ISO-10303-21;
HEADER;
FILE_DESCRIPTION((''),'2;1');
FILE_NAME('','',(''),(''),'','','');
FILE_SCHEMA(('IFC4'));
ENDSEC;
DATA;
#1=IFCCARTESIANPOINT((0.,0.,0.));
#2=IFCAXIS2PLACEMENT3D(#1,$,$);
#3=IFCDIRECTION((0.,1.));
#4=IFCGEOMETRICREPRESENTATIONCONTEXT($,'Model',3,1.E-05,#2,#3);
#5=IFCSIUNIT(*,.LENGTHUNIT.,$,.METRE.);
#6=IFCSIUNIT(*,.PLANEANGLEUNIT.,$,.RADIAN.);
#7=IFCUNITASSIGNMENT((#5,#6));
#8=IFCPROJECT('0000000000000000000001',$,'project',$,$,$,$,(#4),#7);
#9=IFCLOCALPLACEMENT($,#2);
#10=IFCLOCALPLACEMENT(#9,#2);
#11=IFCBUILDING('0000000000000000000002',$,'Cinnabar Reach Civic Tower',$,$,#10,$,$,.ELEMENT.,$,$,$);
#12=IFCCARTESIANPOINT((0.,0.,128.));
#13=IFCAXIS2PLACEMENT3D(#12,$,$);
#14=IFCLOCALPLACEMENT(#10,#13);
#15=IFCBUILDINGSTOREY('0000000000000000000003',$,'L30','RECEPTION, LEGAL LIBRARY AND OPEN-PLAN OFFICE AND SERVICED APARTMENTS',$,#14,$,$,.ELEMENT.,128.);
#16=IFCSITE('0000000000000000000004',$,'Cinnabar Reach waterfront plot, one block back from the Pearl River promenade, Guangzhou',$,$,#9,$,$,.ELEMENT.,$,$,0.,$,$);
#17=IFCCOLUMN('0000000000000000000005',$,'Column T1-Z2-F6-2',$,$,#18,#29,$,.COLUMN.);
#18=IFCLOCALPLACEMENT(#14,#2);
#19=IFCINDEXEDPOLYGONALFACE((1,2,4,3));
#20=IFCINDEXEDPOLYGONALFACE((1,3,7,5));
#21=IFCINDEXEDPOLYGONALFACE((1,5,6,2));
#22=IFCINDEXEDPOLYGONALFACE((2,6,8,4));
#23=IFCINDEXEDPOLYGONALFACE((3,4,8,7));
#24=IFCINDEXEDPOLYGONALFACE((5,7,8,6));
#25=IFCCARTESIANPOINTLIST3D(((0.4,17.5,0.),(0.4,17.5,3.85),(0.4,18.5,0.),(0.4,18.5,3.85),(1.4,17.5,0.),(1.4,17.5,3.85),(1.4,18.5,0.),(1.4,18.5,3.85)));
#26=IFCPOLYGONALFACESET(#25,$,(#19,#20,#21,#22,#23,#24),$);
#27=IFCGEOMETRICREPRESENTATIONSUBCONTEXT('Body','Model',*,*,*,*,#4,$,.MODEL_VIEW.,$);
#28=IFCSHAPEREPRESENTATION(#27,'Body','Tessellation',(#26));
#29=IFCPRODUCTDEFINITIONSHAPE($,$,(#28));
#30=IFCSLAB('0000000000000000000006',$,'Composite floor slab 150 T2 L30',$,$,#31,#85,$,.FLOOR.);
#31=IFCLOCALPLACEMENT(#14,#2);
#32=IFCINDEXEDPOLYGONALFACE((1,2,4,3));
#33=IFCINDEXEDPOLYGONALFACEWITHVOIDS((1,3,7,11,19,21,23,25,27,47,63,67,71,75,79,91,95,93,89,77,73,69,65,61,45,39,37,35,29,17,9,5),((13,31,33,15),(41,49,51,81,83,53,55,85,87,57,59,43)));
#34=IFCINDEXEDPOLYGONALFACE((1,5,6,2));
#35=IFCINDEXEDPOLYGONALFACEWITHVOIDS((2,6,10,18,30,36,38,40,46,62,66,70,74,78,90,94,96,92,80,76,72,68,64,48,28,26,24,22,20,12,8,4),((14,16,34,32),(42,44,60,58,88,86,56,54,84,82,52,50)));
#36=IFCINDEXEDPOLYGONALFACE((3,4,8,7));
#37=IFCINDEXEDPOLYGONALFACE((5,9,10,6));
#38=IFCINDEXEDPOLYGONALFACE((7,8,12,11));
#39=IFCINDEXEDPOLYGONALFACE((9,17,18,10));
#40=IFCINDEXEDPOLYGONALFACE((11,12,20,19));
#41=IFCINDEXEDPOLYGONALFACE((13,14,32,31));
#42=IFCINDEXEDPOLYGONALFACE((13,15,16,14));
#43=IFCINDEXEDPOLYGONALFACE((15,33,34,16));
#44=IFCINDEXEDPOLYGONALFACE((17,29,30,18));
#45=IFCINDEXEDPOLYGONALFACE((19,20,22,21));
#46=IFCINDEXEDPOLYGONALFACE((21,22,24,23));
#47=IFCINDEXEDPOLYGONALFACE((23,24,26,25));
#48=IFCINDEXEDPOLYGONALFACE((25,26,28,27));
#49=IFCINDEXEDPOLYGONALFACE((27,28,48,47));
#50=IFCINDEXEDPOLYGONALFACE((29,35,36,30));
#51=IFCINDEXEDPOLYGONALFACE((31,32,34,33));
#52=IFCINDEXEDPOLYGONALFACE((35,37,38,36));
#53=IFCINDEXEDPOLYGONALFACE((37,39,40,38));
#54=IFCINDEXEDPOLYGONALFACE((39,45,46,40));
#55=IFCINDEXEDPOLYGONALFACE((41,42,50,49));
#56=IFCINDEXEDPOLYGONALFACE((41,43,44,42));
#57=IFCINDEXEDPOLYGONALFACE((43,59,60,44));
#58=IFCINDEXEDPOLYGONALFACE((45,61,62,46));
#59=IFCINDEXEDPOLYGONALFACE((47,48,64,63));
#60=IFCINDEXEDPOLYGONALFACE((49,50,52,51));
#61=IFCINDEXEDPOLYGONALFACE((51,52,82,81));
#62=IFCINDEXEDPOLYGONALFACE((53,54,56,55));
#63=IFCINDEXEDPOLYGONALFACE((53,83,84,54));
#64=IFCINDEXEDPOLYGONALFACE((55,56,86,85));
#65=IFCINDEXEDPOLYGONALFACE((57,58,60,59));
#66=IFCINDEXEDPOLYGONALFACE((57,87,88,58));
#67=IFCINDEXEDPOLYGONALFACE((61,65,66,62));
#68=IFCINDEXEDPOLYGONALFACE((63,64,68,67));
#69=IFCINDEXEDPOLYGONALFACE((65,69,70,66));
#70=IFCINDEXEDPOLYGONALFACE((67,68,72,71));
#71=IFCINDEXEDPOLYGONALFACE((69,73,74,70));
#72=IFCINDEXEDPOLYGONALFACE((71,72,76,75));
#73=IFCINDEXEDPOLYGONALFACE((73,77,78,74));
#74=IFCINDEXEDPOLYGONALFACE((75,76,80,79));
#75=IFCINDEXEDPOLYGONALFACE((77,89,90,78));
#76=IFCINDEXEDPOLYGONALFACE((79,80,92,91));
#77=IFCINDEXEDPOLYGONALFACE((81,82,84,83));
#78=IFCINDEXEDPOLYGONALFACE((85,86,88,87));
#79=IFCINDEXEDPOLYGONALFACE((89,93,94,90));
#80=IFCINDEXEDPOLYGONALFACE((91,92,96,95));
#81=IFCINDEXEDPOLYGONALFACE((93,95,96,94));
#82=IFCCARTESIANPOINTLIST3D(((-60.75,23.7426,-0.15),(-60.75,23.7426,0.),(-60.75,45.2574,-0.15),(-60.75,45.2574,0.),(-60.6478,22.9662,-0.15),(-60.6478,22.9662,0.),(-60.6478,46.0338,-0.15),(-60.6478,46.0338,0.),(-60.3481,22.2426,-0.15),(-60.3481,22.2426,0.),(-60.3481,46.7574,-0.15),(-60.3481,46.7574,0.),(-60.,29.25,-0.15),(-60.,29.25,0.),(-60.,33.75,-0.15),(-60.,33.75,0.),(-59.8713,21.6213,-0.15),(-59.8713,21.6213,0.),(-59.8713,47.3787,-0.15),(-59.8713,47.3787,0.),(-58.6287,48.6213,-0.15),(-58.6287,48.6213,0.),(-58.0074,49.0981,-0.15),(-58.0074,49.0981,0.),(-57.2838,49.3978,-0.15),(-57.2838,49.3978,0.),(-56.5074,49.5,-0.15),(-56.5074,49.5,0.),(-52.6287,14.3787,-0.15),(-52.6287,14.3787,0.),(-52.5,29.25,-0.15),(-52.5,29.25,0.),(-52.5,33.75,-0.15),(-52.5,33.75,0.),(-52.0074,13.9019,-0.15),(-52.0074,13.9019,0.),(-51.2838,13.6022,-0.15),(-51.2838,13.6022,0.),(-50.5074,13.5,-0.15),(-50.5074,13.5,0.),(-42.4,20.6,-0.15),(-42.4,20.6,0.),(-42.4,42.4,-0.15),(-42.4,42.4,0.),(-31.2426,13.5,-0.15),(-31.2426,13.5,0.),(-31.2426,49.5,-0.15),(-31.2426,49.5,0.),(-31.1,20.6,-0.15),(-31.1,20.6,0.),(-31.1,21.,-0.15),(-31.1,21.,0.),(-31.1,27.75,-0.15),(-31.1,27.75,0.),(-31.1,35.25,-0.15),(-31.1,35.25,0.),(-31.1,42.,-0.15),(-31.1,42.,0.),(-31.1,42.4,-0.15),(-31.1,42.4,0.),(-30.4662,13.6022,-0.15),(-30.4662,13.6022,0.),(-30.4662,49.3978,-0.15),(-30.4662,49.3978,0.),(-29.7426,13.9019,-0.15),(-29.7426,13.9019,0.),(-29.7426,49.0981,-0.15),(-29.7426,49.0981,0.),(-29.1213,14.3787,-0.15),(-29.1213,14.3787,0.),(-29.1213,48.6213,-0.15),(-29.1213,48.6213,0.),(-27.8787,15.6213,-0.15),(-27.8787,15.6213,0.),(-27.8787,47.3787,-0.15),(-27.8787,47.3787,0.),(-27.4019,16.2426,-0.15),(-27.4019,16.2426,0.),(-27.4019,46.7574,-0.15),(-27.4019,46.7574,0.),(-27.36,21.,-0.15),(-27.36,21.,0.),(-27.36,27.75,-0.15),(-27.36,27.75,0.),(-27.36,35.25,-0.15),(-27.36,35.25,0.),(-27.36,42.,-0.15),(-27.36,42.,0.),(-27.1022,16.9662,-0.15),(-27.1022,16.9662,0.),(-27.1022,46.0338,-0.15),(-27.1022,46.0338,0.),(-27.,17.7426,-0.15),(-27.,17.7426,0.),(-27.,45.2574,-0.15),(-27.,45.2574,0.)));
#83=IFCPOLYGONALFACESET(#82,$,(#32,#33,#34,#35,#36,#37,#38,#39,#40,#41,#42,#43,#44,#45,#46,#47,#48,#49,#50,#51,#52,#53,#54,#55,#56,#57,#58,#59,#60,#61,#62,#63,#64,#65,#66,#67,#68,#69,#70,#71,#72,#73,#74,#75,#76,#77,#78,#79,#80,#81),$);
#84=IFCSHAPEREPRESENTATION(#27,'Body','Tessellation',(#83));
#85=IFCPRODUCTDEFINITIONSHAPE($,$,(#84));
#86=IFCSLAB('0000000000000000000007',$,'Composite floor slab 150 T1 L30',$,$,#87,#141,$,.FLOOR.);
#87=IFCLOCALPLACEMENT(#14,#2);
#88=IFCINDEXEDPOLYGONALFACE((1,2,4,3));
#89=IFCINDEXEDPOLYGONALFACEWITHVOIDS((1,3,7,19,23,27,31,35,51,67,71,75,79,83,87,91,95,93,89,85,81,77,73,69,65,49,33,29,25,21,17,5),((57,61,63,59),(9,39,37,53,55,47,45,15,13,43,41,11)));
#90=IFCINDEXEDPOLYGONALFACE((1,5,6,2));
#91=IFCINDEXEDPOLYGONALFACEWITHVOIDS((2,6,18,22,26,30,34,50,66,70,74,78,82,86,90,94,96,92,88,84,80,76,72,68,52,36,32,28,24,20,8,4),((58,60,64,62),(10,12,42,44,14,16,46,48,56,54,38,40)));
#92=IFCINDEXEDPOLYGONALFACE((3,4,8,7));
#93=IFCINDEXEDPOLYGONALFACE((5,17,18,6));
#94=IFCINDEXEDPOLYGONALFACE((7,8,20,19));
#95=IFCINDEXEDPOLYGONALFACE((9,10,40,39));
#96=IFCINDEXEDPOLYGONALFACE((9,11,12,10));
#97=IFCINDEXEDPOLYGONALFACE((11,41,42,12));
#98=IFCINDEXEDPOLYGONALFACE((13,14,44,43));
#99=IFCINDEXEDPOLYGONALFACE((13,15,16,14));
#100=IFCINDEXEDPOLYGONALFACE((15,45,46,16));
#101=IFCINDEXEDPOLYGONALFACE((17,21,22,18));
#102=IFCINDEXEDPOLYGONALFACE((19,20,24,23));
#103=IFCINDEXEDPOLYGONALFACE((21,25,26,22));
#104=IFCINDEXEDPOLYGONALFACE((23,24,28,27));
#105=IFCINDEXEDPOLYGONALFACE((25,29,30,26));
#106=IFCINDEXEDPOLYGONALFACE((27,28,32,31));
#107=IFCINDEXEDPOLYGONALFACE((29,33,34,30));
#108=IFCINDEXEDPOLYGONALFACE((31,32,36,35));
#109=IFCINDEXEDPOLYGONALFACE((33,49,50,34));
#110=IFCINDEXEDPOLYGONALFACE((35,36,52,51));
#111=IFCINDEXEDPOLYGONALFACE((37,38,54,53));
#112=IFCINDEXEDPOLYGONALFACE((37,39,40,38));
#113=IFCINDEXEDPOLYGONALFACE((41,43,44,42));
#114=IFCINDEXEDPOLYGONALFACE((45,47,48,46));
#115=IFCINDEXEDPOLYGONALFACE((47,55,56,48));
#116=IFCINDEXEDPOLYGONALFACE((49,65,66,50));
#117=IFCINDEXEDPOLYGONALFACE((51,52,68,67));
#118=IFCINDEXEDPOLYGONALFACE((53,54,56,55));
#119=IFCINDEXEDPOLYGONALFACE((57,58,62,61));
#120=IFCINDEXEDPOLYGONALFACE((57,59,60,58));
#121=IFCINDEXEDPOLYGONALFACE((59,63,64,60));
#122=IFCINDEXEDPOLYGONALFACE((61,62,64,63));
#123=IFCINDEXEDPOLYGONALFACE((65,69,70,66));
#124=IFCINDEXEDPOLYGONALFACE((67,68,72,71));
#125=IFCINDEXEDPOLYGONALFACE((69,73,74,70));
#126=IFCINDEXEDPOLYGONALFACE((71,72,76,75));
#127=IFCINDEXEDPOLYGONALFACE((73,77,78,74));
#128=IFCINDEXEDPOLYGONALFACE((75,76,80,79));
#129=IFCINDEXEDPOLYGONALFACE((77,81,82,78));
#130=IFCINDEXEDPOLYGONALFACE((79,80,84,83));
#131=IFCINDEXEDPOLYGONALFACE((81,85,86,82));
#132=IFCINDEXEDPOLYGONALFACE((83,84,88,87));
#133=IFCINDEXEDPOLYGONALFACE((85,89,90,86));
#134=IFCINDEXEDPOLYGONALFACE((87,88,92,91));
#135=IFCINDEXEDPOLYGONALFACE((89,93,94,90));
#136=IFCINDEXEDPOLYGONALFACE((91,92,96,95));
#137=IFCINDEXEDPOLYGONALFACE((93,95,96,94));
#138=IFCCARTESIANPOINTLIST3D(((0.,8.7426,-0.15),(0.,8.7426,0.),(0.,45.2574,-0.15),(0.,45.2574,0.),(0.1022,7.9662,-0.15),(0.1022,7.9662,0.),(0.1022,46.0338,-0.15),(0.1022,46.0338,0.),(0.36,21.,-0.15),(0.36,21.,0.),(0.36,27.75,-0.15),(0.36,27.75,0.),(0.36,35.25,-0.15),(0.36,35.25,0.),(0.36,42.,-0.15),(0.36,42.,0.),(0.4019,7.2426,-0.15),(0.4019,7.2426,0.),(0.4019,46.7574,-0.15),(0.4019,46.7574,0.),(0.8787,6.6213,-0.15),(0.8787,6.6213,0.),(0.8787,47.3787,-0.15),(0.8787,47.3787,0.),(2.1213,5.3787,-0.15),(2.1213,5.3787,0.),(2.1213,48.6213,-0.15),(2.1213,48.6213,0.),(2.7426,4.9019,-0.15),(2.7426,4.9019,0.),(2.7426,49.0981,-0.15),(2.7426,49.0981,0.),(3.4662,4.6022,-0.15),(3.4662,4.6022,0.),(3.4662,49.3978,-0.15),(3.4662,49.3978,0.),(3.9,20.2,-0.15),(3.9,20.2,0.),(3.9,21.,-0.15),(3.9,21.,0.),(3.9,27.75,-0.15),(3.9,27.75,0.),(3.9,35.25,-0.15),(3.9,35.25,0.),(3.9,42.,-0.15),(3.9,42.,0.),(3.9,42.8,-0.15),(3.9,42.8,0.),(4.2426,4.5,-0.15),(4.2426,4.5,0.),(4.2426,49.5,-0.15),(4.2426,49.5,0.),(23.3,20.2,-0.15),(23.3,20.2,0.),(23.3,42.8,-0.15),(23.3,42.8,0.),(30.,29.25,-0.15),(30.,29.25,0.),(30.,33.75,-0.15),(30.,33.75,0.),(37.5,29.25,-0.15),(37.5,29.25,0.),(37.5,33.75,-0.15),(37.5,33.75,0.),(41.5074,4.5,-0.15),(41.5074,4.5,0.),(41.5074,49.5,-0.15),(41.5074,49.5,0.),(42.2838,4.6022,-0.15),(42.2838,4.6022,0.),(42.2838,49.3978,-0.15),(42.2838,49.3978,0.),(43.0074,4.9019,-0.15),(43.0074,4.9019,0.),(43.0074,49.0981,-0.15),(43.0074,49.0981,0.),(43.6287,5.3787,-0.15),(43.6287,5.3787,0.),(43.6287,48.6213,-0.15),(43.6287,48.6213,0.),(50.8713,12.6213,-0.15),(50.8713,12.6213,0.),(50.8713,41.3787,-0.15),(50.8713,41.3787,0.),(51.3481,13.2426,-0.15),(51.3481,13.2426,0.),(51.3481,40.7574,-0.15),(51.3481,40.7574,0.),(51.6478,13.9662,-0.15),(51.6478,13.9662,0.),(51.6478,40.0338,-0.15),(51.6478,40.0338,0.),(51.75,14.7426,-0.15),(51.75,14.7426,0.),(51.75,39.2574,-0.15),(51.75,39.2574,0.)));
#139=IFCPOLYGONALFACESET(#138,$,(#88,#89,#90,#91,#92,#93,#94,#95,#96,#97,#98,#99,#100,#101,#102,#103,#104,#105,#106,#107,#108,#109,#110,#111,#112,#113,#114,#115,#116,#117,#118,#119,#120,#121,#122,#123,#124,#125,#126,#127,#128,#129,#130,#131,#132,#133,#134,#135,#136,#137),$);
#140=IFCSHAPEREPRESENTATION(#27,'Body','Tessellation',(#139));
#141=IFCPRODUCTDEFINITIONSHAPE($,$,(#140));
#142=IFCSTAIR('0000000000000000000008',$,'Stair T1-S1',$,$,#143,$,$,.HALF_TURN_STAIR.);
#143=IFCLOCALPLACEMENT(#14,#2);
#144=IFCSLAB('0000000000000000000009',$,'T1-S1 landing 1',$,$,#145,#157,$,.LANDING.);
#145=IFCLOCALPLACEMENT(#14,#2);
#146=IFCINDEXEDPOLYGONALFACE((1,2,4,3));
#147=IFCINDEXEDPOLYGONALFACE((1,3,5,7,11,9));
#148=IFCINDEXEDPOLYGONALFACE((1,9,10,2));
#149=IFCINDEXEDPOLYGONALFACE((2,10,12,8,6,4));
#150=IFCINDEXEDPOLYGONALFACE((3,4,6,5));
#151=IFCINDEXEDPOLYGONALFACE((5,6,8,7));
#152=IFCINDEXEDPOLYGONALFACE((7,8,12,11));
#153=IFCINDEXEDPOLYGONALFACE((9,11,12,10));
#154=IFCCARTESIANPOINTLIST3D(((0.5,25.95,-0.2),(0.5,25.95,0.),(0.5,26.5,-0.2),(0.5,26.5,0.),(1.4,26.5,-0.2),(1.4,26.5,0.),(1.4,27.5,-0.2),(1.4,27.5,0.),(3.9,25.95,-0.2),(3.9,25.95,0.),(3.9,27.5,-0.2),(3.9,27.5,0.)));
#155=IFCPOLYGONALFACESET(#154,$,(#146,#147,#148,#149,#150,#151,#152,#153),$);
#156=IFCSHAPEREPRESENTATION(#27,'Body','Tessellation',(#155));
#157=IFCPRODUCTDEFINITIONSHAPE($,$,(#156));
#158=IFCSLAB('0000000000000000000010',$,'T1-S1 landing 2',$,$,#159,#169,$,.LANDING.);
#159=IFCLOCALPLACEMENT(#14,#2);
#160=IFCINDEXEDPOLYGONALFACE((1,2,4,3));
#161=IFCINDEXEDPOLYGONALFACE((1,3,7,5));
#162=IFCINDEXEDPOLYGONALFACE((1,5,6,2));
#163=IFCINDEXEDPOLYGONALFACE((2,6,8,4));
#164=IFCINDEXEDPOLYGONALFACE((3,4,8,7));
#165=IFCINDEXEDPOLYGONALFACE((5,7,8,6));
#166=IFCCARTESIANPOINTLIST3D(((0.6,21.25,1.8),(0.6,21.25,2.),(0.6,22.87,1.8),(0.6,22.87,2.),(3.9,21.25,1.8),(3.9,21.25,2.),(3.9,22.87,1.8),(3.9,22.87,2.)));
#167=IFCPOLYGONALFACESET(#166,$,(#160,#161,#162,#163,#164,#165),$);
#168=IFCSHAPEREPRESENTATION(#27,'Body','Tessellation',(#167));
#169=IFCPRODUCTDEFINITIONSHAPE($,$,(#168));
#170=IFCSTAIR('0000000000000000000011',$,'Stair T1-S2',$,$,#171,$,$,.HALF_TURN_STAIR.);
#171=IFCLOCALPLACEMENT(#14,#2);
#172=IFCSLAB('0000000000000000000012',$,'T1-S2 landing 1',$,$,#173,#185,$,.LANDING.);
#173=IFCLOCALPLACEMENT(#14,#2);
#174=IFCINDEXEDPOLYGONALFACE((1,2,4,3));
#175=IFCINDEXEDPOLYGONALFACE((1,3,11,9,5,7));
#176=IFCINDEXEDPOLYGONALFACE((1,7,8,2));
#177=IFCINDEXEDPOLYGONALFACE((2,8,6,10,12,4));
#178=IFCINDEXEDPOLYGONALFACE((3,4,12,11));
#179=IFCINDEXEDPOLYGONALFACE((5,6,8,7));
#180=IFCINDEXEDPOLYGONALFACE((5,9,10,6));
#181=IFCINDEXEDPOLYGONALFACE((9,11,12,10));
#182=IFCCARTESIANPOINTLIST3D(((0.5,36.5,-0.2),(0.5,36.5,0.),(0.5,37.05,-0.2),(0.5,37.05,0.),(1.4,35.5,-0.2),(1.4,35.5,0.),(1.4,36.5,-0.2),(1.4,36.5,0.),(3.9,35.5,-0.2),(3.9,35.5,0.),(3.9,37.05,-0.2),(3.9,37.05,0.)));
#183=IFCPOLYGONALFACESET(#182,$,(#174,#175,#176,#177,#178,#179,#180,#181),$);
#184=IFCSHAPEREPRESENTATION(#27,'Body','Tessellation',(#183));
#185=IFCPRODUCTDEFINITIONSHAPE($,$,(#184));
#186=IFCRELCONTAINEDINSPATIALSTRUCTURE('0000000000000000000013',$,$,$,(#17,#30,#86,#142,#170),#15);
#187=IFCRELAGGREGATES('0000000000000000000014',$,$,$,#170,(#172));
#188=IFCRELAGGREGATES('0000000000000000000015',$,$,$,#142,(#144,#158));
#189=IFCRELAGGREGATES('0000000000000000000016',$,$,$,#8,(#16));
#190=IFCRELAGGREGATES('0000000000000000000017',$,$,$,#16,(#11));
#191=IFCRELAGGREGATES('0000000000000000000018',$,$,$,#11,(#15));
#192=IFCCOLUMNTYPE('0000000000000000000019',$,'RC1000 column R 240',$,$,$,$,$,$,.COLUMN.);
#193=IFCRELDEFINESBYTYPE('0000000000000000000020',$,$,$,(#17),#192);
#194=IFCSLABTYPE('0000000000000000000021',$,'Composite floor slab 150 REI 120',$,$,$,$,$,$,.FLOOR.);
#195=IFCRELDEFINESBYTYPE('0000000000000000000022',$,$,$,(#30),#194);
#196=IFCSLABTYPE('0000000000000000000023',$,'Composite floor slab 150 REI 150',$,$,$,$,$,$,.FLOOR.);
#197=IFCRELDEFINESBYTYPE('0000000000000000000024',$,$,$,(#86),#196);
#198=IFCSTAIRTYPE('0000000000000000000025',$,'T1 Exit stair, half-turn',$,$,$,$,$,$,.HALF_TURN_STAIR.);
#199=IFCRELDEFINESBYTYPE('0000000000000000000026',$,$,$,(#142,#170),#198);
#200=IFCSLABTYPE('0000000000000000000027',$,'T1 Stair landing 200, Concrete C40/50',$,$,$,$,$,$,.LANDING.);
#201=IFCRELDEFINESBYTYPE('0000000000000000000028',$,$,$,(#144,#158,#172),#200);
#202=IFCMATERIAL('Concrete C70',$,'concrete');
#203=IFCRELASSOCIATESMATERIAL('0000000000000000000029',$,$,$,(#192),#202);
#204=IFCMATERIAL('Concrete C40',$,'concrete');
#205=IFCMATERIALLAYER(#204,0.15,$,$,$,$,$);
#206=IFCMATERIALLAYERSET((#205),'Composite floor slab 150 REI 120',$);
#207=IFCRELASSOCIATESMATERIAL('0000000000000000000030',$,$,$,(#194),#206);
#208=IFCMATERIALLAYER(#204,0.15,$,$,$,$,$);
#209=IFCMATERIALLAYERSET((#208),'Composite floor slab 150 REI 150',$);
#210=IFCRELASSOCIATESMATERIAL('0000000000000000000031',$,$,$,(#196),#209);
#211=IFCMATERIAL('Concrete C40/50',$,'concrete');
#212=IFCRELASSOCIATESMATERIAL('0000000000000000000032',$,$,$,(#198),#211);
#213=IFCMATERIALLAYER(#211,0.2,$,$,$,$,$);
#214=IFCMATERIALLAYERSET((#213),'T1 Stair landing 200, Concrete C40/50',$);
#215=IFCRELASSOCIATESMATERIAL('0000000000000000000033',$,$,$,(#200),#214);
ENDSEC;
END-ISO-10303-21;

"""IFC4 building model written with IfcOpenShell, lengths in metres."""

from ifc_helpers import new_model, si_unit, direction, frame, origin, origin_2d, place, context, subcontext, project, spatial, polyline, rectangle, outline, extrude, material, layer, layer_set, material_profile, profile_set, type_object, element, aggregate, save


model = new_model("IFC4")

# Units and contexts
model_context = context("Model", 3, precision=1e-05, world=origin(), true_north=direction((0.0, 1.0)))
body_context = subcontext(model_context, "Body", "Model", "MODEL_VIEW")
ifc_project = project(units=[si_unit("LENGTHUNIT", "METRE"), si_unit("PLANEANGLEUNIT", "RADIAN")], contexts=[model_context])

# Site, building, storey
site_placement = place(None, origin())
site = spatial("IfcSite", under=ifc_project, at=site_placement, Name="Cinnabar Reach waterfront plot, one block back from the Pearl River promenade, Guangzhou", CompositionType="ELEMENT", RefElevation=0.0)
building_placement = place(site_placement, origin())
building = spatial("IfcBuilding", under=site, at=building_placement, Name="Cinnabar Reach Civic Tower", CompositionType="ELEMENT")
storey_placement = place(building_placement, frame((0.0, 0.0, 128.0)))
storey = spatial("IfcBuildingStorey", under=building, at=storey_placement, Name="L30", Description="RECEPTION, LEGAL LIBRARY AND OPEN-PLAN OFFICE AND SERVICED APARTMENTS", CompositionType="ELEMENT", Elevation=128.0)

# Column
ifc_material_1 = material(Name="Concrete C70", Category="concrete")
ifc_material_profile = material_profile(ifc_material_1, rectangle(XDim=1.0, YDim=1.0, at=origin_2d()), Name="RC1000")
ifc_profile_set = profile_set([ifc_material_profile], Name="Concrete C70")
column_type = type_object("IfcColumnType", Name="RC1000 column R 240", PredefinedType="COLUMN", material=ifc_profile_set)
column_placement = place(storey_placement, frame((0.9, 18.0, 0.0), z_axis=(0.0, 0.0, 1.0), x_axis=(1.0, 0.0, 0.0)))
element("IfcColumn", 1, at=column_placement, inside=storey, type_object=column_type, Name="Column T1-Z2-F6-2", PredefinedType="COLUMN", context=body_context, shape_type="SweptSolid", body=[
    extrude(rectangle(XDim=1.0, YDim=1.0, at=origin_2d()), origin(), (0.0, 0.0, 1.0), 3.85),
])

# Slabs
ifc_material_2 = material(Name="Concrete C40", Category="concrete")
ifc_layer_1 = layer(ifc_material_2, 0.15)
ifc_layer_set_1 = layer_set([ifc_layer_1], Name="Composite floor slab 150 REI 120")
slab_type_1 = type_object("IfcSlabType", Name="Composite floor slab 150 REI 120", PredefinedType="FLOOR", material=ifc_layer_set_1)
slab_1_placement = place(storey_placement, frame((0.0, 0.0, -0.15)))
element("IfcSlab", 2, at=slab_1_placement, inside=storey, type_object=slab_type_1, Name="Composite floor slab 150 T2 L30", PredefinedType="FLOOR", context=body_context, shape_type="SweptSolid", body=[
    extrude(outline(polyline([(-59.8713, 21.6213), (-60.3481, 22.2426), (-60.6478, 22.9662), (-60.75, 23.7426), (-60.75, 45.2574), (-60.6478, 46.0338), (-60.3481, 46.7574), (-59.8713, 47.3787), (-58.6287, 48.6213), (-58.0074, 49.0981), (-57.2838, 49.3978), (-56.5074, 49.5), (-31.2426, 49.5), (-30.4662, 49.3978), (-29.7426, 49.0981), (-29.1213, 48.6213), (-27.8787, 47.3787), (-27.4019, 46.7574), (-27.1022, 46.0338), (-27.0, 45.2574), (-27.0, 17.7426), (-27.1022, 16.9662), (-27.4019, 16.2426), (-27.8787, 15.6213), (-29.1213, 14.3787), (-29.7426, 13.9019), (-30.4662, 13.6022), (-31.2426, 13.5), (-50.5074, 13.5), (-51.2838, 13.6022), (-52.0074, 13.9019), (-52.6287, 14.3787), (-59.8713, 21.6213)]), holes=[polyline([(-31.1, 27.75), (-31.1, 35.25), (-27.36, 35.25), (-27.36, 42.0), (-31.1, 42.0), (-31.1, 42.4), (-42.4, 42.4), (-42.4, 20.6), (-31.1, 20.6), (-31.1, 21.0), (-27.36, 21.0), (-27.36, 27.75), (-31.1, 27.75)]), polyline([(-60.0, 33.75), (-60.0, 29.25), (-52.5, 29.25), (-52.5, 33.75), (-60.0, 33.75)])]), origin(), (0.0, 0.0, 1.0), 0.15),
])
ifc_layer_2 = layer(ifc_material_2, 0.15)
ifc_layer_set_2 = layer_set([ifc_layer_2], Name="Composite floor slab 150 REI 150")
slab_type_2 = type_object("IfcSlabType", Name="Composite floor slab 150 REI 150", PredefinedType="FLOOR", material=ifc_layer_set_2)
slab_2_placement = place(storey_placement, frame((0.0, 0.0, -0.15)))
element("IfcSlab", 3, at=slab_2_placement, inside=storey, type_object=slab_type_2, Name="Composite floor slab 150 T1 L30", PredefinedType="FLOOR", context=body_context, shape_type="SweptSolid", body=[
    extrude(outline(polyline([(0.8787, 6.6213), (0.4019, 7.2426), (0.1022, 7.9662), (0.0, 8.7426), (0.0, 45.2574), (0.1022, 46.0338), (0.4019, 46.7574), (0.8787, 47.3787), (2.1213, 48.6213), (2.7426, 49.0981), (3.4662, 49.3978), (4.2426, 49.5), (41.5074, 49.5), (42.2838, 49.3978), (43.0074, 49.0981), (43.6287, 48.6213), (50.8713, 41.3787), (51.3481, 40.7574), (51.6478, 40.0338), (51.75, 39.2574), (51.75, 14.7426), (51.6478, 13.9662), (51.3481, 13.2426), (50.8713, 12.6213), (43.6287, 5.3787), (43.0074, 4.9019), (42.2838, 4.6022), (41.5074, 4.5), (4.2426, 4.5), (3.4662, 4.6022), (2.7426, 4.9019), (2.1213, 5.3787), (0.8787, 6.6213)]), holes=[polyline([(0.36, 21.0), (3.9, 21.0), (3.9, 20.2), (23.3, 20.2), (23.3, 42.8), (3.9, 42.8), (3.9, 42.0), (0.36, 42.0), (0.36, 35.25), (3.9, 35.25), (3.9, 27.75), (0.36, 27.75), (0.36, 21.0)]), polyline([(30.0, 33.75), (30.0, 29.25), (37.5, 29.25), (37.5, 33.75), (30.0, 33.75)])]), origin(), (0.0, 0.0, 1.0), 0.15),
])

# Stairs, slabs
ifc_material_3 = material(Name="Concrete C40/50", Category="concrete")
stair_type_1 = type_object("IfcStairType", Name="T1 Exit stair, half-turn", PredefinedType="HALF_TURN_STAIR", material=ifc_material_3)
stair_1_placement = place(storey_placement, origin())
stair_1 = element("IfcStair", 4, at=stair_1_placement, inside=storey, type_object=stair_type_1, Name="Stair T1-S1", PredefinedType="HALF_TURN_STAIR")
ifc_layer_3 = layer(ifc_material_3, 0.2)
ifc_layer_set_3 = layer_set([ifc_layer_3], Name="T1 Stair landing 200, Concrete C40/50")
slab_type_3 = type_object("IfcSlabType", Name="T1 Stair landing 200, Concrete C40/50", PredefinedType="LANDING", material=ifc_layer_set_3)
slab_3_placement = place(storey_placement, frame((0.0, 0.0, -0.2)))
slab_3 = element("IfcSlab", 5, at=slab_3_placement, type_object=slab_type_3, Name="T1-S1 landing 1", PredefinedType="LANDING", context=body_context, shape_type="SweptSolid", body=[
    extrude(outline(polyline([(3.9, 27.5), (3.9, 25.95), (0.5, 25.95), (0.5, 26.5), (1.4, 26.5), (1.4, 27.5), (3.9, 27.5)])), origin(), (0.0, 0.0, 1.0), 0.2),
])
slab_4_placement = place(storey_placement, frame((0.0, 0.0, 1.8)))
slab_4 = element("IfcSlab", 6, at=slab_4_placement, type_object=slab_type_3, Name="T1-S1 landing 2", PredefinedType="LANDING", context=body_context, shape_type="SweptSolid", body=[
    extrude(outline(polyline([(0.6, 21.25), (0.6, 22.87), (3.9, 22.87), (3.9, 21.25), (0.6, 21.25)])), origin(), (0.0, 0.0, 1.0), 0.2),
])
stair_2_placement = place(storey_placement, origin())
stair_2 = element("IfcStair", 7, at=stair_2_placement, inside=storey, type_object=stair_type_1, Name="Stair T1-S2", PredefinedType="HALF_TURN_STAIR")
slab_5_placement = place(storey_placement, frame((0.0, 0.0, -0.2)))
slab_5 = element("IfcSlab", 8, at=slab_5_placement, type_object=slab_type_3, Name="T1-S2 landing 1", PredefinedType="LANDING", context=body_context, shape_type="SweptSolid", body=[
    extrude(outline(polyline([(0.5, 37.05), (3.9, 37.05), (3.9, 35.5), (1.4, 35.5), (1.4, 36.5), (0.5, 36.5), (0.5, 37.05)])), origin(), (0.0, 0.0, 1.0), 0.2),
])
aggregate(stair_2, [slab_5])

aggregate(stair_1, [slab_3, slab_4])

save(model, "model.ifc")
